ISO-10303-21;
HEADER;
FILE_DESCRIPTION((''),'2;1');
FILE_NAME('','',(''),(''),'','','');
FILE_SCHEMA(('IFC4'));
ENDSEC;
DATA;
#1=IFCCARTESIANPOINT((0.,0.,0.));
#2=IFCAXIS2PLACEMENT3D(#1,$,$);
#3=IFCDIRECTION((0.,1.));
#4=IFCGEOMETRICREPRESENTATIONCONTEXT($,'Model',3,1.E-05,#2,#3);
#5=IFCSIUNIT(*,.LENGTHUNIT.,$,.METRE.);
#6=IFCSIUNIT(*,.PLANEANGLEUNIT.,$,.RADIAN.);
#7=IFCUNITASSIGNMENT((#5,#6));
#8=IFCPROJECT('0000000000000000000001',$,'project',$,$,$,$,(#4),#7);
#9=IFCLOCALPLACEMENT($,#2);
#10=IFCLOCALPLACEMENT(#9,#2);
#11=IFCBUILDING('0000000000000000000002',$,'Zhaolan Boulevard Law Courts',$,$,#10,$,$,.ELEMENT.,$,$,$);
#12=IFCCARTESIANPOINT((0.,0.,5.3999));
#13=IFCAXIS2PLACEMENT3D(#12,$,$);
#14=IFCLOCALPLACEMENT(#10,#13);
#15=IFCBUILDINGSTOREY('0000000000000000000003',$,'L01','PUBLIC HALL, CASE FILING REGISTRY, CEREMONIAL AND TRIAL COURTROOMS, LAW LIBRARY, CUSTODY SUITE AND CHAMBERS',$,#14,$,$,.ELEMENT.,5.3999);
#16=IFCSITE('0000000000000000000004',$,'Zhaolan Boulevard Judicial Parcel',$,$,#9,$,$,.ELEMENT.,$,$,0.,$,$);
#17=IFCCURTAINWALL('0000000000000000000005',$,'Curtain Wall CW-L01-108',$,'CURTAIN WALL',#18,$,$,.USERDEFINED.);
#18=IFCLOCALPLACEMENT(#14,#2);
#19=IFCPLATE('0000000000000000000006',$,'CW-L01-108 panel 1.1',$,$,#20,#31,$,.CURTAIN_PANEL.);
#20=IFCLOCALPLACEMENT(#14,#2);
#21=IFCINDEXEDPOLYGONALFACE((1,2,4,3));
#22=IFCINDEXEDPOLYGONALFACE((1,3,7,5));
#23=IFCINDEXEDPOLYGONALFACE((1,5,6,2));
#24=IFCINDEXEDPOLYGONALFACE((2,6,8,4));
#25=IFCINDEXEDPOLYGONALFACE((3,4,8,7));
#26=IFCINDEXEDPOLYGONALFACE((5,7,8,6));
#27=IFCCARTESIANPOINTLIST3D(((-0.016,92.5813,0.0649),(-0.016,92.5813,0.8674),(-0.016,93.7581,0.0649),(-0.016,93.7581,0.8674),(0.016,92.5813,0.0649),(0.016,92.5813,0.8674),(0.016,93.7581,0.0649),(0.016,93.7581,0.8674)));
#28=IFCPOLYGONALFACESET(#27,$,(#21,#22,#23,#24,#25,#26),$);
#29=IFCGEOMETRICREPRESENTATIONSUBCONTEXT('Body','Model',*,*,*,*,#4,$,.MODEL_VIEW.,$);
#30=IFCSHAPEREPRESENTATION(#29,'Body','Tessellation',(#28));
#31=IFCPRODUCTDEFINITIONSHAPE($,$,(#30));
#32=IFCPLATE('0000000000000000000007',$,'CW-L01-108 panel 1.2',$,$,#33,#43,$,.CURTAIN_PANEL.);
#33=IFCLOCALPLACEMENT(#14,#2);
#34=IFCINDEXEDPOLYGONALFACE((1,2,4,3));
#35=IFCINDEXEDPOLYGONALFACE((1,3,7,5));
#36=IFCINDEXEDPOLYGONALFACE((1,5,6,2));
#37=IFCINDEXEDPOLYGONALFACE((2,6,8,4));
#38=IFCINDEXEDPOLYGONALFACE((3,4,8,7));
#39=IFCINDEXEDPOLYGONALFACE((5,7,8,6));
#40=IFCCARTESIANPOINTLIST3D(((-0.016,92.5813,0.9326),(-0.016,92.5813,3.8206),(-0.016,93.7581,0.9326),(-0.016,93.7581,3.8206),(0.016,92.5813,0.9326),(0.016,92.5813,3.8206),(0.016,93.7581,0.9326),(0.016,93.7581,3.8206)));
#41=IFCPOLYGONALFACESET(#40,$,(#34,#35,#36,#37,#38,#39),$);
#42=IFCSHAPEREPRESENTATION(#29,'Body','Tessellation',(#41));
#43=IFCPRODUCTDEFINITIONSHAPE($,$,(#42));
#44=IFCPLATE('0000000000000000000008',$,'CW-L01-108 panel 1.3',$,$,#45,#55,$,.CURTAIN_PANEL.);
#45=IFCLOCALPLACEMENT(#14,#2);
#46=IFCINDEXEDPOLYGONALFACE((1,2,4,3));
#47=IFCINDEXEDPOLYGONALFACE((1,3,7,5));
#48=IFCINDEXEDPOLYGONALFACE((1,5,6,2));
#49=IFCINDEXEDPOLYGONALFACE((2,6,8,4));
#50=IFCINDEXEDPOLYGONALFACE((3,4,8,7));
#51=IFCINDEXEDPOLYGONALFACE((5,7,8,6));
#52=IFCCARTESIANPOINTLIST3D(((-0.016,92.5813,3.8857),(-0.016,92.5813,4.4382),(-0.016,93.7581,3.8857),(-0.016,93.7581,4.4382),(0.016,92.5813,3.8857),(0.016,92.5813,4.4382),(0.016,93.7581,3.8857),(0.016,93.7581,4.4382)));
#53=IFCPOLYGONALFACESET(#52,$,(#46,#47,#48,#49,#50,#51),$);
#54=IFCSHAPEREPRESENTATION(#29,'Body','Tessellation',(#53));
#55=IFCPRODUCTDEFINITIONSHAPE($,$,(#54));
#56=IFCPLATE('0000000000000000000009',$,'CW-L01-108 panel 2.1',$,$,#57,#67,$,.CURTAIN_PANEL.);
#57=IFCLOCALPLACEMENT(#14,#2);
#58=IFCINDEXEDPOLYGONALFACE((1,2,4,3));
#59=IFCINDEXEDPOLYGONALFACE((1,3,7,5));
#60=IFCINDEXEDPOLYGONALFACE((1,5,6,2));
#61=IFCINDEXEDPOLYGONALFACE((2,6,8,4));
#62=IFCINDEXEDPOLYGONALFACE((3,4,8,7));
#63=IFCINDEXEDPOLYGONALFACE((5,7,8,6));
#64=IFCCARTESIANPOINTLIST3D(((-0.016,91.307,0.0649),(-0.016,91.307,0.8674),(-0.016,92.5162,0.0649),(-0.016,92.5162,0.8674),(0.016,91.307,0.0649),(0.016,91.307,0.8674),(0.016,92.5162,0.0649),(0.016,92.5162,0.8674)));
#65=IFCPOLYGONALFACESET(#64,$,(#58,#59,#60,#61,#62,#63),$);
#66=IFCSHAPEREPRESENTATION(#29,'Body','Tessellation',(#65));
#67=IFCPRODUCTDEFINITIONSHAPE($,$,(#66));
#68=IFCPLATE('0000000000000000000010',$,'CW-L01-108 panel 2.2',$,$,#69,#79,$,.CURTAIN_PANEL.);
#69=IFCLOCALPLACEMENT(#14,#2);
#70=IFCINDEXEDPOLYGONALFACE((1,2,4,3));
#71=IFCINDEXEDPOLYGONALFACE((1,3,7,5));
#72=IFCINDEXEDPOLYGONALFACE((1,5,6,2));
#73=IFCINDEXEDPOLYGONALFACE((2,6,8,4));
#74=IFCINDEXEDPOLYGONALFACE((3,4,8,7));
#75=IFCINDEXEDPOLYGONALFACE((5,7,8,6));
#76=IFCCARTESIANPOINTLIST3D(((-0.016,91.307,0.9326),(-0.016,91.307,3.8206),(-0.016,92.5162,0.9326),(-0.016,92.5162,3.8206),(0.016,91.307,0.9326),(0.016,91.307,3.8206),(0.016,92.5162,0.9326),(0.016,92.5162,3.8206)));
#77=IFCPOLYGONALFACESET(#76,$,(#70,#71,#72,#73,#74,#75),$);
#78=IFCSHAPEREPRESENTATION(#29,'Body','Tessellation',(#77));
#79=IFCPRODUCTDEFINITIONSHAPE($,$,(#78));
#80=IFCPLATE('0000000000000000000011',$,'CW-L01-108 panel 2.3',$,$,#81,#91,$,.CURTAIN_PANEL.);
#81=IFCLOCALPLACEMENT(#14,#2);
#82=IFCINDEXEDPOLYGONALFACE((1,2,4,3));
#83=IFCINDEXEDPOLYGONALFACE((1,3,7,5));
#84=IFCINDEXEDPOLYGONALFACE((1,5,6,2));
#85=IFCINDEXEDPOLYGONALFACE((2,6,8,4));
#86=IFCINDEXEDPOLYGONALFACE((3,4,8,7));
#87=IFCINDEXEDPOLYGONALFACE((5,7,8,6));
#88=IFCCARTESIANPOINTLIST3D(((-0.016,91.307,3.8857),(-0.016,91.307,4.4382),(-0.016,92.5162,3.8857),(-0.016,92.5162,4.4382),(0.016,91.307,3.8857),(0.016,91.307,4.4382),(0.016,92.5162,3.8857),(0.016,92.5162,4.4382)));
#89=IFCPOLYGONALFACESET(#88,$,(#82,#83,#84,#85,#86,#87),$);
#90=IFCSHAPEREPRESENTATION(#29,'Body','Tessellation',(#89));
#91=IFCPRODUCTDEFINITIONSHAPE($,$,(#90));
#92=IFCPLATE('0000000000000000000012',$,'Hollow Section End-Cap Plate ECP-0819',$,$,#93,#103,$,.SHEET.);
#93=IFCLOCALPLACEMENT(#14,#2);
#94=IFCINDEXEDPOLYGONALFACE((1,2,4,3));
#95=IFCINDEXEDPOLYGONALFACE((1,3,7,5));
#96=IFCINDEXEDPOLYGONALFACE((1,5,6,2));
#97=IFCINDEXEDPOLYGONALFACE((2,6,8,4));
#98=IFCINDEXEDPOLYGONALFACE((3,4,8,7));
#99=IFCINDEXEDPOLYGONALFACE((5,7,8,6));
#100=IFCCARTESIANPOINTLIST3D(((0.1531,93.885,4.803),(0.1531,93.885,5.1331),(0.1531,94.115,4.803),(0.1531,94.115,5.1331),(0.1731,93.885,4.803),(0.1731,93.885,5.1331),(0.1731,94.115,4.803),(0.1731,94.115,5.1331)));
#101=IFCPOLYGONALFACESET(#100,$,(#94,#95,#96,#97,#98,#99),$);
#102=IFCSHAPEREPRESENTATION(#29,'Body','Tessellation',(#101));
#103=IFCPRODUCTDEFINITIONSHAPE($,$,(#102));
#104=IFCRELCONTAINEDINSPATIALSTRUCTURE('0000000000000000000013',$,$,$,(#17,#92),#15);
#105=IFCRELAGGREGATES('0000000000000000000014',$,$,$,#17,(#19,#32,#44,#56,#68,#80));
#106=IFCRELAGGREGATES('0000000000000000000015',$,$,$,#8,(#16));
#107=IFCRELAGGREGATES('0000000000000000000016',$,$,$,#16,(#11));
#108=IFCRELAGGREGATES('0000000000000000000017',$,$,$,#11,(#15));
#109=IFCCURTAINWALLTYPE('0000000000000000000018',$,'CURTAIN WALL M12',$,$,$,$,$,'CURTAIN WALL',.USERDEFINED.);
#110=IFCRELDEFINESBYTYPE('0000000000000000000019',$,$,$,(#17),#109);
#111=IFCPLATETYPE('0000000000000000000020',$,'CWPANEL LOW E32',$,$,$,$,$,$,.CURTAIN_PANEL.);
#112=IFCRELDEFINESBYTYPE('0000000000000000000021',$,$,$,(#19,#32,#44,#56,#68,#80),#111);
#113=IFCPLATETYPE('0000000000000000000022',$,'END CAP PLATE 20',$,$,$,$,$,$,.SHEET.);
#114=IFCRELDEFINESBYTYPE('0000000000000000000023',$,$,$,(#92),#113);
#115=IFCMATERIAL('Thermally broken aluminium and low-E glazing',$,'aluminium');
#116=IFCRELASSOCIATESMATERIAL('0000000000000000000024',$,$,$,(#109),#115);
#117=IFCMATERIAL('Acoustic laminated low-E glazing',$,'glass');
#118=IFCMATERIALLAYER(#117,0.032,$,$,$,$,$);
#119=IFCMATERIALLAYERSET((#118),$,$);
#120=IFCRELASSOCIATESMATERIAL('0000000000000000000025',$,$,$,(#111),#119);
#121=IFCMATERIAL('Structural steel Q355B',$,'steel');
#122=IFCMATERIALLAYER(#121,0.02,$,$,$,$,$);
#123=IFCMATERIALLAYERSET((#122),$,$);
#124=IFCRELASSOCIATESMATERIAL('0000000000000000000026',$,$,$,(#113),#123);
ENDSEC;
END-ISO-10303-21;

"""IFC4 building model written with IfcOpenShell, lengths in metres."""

from ifc_helpers import new_model, si_unit, direction, frame, origin, origin_2d, place, context, subcontext, project, spatial, rectangle, extrude, material, layer, layer_set, type_object, element, aggregate, save


model = new_model("IFC4")

# Units and contexts
model_context = context("Model", 3, precision=1e-05, world=origin(), true_north=direction((0.0, 1.0)))
body_context = subcontext(model_context, "Body", "Model", "MODEL_VIEW")
ifc_project = project(units=[si_unit("LENGTHUNIT", "METRE"), si_unit("PLANEANGLEUNIT", "RADIAN")], contexts=[model_context])

# Site, building, storey
site_placement = place(None, origin())
site = spatial("IfcSite", under=ifc_project, at=site_placement, Name="Zhaolan Boulevard Judicial Parcel", CompositionType="ELEMENT", RefElevation=0.0)
building_placement = place(site_placement, origin())
building = spatial("IfcBuilding", under=site, at=building_placement, Name="Zhaolan Boulevard Law Courts", CompositionType="ELEMENT")
storey_placement = place(building_placement, frame((0.0, 0.0, 5.3999)))
storey = spatial("IfcBuildingStorey", under=building, at=storey_placement, Name="L01", Description="PUBLIC HALL, CASE FILING REGISTRY, CEREMONIAL AND TRIAL COURTROOMS, LAW LIBRARY, CUSTODY SUITE AND CHAMBERS", CompositionType="ELEMENT", Elevation=5.3999)

# Curtain wall, plates
ifc_material_1 = material(Name="Thermally broken aluminium and low-E glazing", Category="aluminium")
curtain_wall_type = type_object("IfcCurtainWallType", Name="CURTAIN WALL M12", ElementType="CURTAIN WALL", PredefinedType="USERDEFINED", material=ifc_material_1)
curtain_wall_placement = place(storey_placement, origin())
curtain_wall = element("IfcCurtainWall", 1, at=curtain_wall_placement, inside=storey, type_object=curtain_wall_type, Name="Curtain Wall CW-L01-108", ObjectType="CURTAIN WALL", PredefinedType="USERDEFINED")
ifc_material_2 = material(Name="Acoustic laminated low-E glazing", Category="glass")
ifc_layer_1 = layer(ifc_material_2, 0.032)
ifc_layer_set_1 = layer_set([ifc_layer_1])
plate_type_1 = type_object("IfcPlateType", Name="CWPANEL LOW E32", PredefinedType="CURTAIN_PANEL", material=ifc_layer_set_1)
plate_1_placement = place(storey_placement, frame((0.0, 93.1697, 0.0649), z_axis=(0.0, 0.0, 1.0), x_axis=(0.0, -1.0, 0.0)))
plate_1 = element("IfcPlate", 2, at=plate_1_placement, type_object=plate_type_1, Name="CW-L01-108 panel 1.1", PredefinedType="CURTAIN_PANEL", context=body_context, shape_type="SweptSolid", body=[
    extrude(rectangle(XDim=1.1768, YDim=0.032, at=origin_2d()), origin(), (0.0, 0.0, 1.0), 0.8025),
])
plate_2_placement = place(storey_placement, frame((0.0, 93.1697, 0.9326), z_axis=(0.0, 0.0, 1.0), x_axis=(0.0, -1.0, 0.0)))
plate_2 = element("IfcPlate", 3, at=plate_2_placement, type_object=plate_type_1, Name="CW-L01-108 panel 1.2", PredefinedType="CURTAIN_PANEL", context=body_context, shape_type="SweptSolid", body=[
    extrude(rectangle(XDim=1.1768, YDim=0.032, at=origin_2d()), origin(), (0.0, 0.0, 1.0), 2.8879),
])
plate_3_placement = place(storey_placement, frame((0.0, 93.1697, 3.8857), z_axis=(0.0, 0.0, 1.0), x_axis=(0.0, -1.0, 0.0)))
plate_3 = element("IfcPlate", 4, at=plate_3_placement, type_object=plate_type_1, Name="CW-L01-108 panel 1.3", PredefinedType="CURTAIN_PANEL", context=body_context, shape_type="SweptSolid", body=[
    extrude(rectangle(XDim=1.1768, YDim=0.032, at=origin_2d()), origin(), (0.0, 0.0, 1.0), 0.5525),
])
plate_4_placement = place(storey_placement, frame((0.0, 91.9116, 0.0649), z_axis=(0.0, 0.0, 1.0), x_axis=(0.0, -1.0, 0.0)))
plate_4 = element("IfcPlate", 5, at=plate_4_placement, type_object=plate_type_1, Name="CW-L01-108 panel 2.1", PredefinedType="CURTAIN_PANEL", context=body_context, shape_type="SweptSolid", body=[
    extrude(rectangle(XDim=1.2092, YDim=0.032, at=origin_2d()), origin(), (0.0, 0.0, 1.0), 0.8025),
])
plate_5_placement = place(storey_placement, frame((0.0, 91.9116, 0.9326), z_axis=(0.0, 0.0, 1.0), x_axis=(0.0, -1.0, 0.0)))
plate_5 = element("IfcPlate", 6, at=plate_5_placement, type_object=plate_type_1, Name="CW-L01-108 panel 2.2", PredefinedType="CURTAIN_PANEL", context=body_context, shape_type="SweptSolid", body=[
    extrude(rectangle(XDim=1.2092, YDim=0.032, at=origin_2d()), origin(), (0.0, 0.0, 1.0), 2.8879),
])
plate_6_placement = place(storey_placement, frame((0.0, 91.9116, 3.8857), z_axis=(0.0, 0.0, 1.0), x_axis=(0.0, -1.0, 0.0)))
plate_6 = element("IfcPlate", 7, at=plate_6_placement, type_object=plate_type_1, Name="CW-L01-108 panel 2.3", PredefinedType="CURTAIN_PANEL", context=body_context, shape_type="SweptSolid", body=[
    extrude(rectangle(XDim=1.2092, YDim=0.032, at=origin_2d()), origin(), (0.0, 0.0, 1.0), 0.5525),
])
aggregate(curtain_wall, [plate_1, plate_2, plate_3, plate_4, plate_5, plate_6])

# Plate
ifc_material_3 = material(Name="Structural steel Q355B", Category="steel")
ifc_layer_2 = layer(ifc_material_3, 0.02)
ifc_layer_set_2 = layer_set([ifc_layer_2])
plate_type_2 = type_object("IfcPlateType", Name="END CAP PLATE 20", PredefinedType="SHEET", material=ifc_layer_set_2)
plate_7_placement = place(storey_placement, frame((0.1631, 94.0, 4.803), z_axis=(0.0, 0.0, 1.0), x_axis=(1.0, 0.0, 0.0)))
element("IfcPlate", 8, at=plate_7_placement, inside=storey, type_object=plate_type_2, Name="Hollow Section End-Cap Plate ECP-0819", PredefinedType="SHEET", context=body_context, shape_type="SweptSolid", body=[
    extrude(rectangle(XDim=0.02, YDim=0.23, at=origin_2d()), origin(), (0.0, 0.0, 1.0), 0.3301),
])

save(model, "model.ifc")
